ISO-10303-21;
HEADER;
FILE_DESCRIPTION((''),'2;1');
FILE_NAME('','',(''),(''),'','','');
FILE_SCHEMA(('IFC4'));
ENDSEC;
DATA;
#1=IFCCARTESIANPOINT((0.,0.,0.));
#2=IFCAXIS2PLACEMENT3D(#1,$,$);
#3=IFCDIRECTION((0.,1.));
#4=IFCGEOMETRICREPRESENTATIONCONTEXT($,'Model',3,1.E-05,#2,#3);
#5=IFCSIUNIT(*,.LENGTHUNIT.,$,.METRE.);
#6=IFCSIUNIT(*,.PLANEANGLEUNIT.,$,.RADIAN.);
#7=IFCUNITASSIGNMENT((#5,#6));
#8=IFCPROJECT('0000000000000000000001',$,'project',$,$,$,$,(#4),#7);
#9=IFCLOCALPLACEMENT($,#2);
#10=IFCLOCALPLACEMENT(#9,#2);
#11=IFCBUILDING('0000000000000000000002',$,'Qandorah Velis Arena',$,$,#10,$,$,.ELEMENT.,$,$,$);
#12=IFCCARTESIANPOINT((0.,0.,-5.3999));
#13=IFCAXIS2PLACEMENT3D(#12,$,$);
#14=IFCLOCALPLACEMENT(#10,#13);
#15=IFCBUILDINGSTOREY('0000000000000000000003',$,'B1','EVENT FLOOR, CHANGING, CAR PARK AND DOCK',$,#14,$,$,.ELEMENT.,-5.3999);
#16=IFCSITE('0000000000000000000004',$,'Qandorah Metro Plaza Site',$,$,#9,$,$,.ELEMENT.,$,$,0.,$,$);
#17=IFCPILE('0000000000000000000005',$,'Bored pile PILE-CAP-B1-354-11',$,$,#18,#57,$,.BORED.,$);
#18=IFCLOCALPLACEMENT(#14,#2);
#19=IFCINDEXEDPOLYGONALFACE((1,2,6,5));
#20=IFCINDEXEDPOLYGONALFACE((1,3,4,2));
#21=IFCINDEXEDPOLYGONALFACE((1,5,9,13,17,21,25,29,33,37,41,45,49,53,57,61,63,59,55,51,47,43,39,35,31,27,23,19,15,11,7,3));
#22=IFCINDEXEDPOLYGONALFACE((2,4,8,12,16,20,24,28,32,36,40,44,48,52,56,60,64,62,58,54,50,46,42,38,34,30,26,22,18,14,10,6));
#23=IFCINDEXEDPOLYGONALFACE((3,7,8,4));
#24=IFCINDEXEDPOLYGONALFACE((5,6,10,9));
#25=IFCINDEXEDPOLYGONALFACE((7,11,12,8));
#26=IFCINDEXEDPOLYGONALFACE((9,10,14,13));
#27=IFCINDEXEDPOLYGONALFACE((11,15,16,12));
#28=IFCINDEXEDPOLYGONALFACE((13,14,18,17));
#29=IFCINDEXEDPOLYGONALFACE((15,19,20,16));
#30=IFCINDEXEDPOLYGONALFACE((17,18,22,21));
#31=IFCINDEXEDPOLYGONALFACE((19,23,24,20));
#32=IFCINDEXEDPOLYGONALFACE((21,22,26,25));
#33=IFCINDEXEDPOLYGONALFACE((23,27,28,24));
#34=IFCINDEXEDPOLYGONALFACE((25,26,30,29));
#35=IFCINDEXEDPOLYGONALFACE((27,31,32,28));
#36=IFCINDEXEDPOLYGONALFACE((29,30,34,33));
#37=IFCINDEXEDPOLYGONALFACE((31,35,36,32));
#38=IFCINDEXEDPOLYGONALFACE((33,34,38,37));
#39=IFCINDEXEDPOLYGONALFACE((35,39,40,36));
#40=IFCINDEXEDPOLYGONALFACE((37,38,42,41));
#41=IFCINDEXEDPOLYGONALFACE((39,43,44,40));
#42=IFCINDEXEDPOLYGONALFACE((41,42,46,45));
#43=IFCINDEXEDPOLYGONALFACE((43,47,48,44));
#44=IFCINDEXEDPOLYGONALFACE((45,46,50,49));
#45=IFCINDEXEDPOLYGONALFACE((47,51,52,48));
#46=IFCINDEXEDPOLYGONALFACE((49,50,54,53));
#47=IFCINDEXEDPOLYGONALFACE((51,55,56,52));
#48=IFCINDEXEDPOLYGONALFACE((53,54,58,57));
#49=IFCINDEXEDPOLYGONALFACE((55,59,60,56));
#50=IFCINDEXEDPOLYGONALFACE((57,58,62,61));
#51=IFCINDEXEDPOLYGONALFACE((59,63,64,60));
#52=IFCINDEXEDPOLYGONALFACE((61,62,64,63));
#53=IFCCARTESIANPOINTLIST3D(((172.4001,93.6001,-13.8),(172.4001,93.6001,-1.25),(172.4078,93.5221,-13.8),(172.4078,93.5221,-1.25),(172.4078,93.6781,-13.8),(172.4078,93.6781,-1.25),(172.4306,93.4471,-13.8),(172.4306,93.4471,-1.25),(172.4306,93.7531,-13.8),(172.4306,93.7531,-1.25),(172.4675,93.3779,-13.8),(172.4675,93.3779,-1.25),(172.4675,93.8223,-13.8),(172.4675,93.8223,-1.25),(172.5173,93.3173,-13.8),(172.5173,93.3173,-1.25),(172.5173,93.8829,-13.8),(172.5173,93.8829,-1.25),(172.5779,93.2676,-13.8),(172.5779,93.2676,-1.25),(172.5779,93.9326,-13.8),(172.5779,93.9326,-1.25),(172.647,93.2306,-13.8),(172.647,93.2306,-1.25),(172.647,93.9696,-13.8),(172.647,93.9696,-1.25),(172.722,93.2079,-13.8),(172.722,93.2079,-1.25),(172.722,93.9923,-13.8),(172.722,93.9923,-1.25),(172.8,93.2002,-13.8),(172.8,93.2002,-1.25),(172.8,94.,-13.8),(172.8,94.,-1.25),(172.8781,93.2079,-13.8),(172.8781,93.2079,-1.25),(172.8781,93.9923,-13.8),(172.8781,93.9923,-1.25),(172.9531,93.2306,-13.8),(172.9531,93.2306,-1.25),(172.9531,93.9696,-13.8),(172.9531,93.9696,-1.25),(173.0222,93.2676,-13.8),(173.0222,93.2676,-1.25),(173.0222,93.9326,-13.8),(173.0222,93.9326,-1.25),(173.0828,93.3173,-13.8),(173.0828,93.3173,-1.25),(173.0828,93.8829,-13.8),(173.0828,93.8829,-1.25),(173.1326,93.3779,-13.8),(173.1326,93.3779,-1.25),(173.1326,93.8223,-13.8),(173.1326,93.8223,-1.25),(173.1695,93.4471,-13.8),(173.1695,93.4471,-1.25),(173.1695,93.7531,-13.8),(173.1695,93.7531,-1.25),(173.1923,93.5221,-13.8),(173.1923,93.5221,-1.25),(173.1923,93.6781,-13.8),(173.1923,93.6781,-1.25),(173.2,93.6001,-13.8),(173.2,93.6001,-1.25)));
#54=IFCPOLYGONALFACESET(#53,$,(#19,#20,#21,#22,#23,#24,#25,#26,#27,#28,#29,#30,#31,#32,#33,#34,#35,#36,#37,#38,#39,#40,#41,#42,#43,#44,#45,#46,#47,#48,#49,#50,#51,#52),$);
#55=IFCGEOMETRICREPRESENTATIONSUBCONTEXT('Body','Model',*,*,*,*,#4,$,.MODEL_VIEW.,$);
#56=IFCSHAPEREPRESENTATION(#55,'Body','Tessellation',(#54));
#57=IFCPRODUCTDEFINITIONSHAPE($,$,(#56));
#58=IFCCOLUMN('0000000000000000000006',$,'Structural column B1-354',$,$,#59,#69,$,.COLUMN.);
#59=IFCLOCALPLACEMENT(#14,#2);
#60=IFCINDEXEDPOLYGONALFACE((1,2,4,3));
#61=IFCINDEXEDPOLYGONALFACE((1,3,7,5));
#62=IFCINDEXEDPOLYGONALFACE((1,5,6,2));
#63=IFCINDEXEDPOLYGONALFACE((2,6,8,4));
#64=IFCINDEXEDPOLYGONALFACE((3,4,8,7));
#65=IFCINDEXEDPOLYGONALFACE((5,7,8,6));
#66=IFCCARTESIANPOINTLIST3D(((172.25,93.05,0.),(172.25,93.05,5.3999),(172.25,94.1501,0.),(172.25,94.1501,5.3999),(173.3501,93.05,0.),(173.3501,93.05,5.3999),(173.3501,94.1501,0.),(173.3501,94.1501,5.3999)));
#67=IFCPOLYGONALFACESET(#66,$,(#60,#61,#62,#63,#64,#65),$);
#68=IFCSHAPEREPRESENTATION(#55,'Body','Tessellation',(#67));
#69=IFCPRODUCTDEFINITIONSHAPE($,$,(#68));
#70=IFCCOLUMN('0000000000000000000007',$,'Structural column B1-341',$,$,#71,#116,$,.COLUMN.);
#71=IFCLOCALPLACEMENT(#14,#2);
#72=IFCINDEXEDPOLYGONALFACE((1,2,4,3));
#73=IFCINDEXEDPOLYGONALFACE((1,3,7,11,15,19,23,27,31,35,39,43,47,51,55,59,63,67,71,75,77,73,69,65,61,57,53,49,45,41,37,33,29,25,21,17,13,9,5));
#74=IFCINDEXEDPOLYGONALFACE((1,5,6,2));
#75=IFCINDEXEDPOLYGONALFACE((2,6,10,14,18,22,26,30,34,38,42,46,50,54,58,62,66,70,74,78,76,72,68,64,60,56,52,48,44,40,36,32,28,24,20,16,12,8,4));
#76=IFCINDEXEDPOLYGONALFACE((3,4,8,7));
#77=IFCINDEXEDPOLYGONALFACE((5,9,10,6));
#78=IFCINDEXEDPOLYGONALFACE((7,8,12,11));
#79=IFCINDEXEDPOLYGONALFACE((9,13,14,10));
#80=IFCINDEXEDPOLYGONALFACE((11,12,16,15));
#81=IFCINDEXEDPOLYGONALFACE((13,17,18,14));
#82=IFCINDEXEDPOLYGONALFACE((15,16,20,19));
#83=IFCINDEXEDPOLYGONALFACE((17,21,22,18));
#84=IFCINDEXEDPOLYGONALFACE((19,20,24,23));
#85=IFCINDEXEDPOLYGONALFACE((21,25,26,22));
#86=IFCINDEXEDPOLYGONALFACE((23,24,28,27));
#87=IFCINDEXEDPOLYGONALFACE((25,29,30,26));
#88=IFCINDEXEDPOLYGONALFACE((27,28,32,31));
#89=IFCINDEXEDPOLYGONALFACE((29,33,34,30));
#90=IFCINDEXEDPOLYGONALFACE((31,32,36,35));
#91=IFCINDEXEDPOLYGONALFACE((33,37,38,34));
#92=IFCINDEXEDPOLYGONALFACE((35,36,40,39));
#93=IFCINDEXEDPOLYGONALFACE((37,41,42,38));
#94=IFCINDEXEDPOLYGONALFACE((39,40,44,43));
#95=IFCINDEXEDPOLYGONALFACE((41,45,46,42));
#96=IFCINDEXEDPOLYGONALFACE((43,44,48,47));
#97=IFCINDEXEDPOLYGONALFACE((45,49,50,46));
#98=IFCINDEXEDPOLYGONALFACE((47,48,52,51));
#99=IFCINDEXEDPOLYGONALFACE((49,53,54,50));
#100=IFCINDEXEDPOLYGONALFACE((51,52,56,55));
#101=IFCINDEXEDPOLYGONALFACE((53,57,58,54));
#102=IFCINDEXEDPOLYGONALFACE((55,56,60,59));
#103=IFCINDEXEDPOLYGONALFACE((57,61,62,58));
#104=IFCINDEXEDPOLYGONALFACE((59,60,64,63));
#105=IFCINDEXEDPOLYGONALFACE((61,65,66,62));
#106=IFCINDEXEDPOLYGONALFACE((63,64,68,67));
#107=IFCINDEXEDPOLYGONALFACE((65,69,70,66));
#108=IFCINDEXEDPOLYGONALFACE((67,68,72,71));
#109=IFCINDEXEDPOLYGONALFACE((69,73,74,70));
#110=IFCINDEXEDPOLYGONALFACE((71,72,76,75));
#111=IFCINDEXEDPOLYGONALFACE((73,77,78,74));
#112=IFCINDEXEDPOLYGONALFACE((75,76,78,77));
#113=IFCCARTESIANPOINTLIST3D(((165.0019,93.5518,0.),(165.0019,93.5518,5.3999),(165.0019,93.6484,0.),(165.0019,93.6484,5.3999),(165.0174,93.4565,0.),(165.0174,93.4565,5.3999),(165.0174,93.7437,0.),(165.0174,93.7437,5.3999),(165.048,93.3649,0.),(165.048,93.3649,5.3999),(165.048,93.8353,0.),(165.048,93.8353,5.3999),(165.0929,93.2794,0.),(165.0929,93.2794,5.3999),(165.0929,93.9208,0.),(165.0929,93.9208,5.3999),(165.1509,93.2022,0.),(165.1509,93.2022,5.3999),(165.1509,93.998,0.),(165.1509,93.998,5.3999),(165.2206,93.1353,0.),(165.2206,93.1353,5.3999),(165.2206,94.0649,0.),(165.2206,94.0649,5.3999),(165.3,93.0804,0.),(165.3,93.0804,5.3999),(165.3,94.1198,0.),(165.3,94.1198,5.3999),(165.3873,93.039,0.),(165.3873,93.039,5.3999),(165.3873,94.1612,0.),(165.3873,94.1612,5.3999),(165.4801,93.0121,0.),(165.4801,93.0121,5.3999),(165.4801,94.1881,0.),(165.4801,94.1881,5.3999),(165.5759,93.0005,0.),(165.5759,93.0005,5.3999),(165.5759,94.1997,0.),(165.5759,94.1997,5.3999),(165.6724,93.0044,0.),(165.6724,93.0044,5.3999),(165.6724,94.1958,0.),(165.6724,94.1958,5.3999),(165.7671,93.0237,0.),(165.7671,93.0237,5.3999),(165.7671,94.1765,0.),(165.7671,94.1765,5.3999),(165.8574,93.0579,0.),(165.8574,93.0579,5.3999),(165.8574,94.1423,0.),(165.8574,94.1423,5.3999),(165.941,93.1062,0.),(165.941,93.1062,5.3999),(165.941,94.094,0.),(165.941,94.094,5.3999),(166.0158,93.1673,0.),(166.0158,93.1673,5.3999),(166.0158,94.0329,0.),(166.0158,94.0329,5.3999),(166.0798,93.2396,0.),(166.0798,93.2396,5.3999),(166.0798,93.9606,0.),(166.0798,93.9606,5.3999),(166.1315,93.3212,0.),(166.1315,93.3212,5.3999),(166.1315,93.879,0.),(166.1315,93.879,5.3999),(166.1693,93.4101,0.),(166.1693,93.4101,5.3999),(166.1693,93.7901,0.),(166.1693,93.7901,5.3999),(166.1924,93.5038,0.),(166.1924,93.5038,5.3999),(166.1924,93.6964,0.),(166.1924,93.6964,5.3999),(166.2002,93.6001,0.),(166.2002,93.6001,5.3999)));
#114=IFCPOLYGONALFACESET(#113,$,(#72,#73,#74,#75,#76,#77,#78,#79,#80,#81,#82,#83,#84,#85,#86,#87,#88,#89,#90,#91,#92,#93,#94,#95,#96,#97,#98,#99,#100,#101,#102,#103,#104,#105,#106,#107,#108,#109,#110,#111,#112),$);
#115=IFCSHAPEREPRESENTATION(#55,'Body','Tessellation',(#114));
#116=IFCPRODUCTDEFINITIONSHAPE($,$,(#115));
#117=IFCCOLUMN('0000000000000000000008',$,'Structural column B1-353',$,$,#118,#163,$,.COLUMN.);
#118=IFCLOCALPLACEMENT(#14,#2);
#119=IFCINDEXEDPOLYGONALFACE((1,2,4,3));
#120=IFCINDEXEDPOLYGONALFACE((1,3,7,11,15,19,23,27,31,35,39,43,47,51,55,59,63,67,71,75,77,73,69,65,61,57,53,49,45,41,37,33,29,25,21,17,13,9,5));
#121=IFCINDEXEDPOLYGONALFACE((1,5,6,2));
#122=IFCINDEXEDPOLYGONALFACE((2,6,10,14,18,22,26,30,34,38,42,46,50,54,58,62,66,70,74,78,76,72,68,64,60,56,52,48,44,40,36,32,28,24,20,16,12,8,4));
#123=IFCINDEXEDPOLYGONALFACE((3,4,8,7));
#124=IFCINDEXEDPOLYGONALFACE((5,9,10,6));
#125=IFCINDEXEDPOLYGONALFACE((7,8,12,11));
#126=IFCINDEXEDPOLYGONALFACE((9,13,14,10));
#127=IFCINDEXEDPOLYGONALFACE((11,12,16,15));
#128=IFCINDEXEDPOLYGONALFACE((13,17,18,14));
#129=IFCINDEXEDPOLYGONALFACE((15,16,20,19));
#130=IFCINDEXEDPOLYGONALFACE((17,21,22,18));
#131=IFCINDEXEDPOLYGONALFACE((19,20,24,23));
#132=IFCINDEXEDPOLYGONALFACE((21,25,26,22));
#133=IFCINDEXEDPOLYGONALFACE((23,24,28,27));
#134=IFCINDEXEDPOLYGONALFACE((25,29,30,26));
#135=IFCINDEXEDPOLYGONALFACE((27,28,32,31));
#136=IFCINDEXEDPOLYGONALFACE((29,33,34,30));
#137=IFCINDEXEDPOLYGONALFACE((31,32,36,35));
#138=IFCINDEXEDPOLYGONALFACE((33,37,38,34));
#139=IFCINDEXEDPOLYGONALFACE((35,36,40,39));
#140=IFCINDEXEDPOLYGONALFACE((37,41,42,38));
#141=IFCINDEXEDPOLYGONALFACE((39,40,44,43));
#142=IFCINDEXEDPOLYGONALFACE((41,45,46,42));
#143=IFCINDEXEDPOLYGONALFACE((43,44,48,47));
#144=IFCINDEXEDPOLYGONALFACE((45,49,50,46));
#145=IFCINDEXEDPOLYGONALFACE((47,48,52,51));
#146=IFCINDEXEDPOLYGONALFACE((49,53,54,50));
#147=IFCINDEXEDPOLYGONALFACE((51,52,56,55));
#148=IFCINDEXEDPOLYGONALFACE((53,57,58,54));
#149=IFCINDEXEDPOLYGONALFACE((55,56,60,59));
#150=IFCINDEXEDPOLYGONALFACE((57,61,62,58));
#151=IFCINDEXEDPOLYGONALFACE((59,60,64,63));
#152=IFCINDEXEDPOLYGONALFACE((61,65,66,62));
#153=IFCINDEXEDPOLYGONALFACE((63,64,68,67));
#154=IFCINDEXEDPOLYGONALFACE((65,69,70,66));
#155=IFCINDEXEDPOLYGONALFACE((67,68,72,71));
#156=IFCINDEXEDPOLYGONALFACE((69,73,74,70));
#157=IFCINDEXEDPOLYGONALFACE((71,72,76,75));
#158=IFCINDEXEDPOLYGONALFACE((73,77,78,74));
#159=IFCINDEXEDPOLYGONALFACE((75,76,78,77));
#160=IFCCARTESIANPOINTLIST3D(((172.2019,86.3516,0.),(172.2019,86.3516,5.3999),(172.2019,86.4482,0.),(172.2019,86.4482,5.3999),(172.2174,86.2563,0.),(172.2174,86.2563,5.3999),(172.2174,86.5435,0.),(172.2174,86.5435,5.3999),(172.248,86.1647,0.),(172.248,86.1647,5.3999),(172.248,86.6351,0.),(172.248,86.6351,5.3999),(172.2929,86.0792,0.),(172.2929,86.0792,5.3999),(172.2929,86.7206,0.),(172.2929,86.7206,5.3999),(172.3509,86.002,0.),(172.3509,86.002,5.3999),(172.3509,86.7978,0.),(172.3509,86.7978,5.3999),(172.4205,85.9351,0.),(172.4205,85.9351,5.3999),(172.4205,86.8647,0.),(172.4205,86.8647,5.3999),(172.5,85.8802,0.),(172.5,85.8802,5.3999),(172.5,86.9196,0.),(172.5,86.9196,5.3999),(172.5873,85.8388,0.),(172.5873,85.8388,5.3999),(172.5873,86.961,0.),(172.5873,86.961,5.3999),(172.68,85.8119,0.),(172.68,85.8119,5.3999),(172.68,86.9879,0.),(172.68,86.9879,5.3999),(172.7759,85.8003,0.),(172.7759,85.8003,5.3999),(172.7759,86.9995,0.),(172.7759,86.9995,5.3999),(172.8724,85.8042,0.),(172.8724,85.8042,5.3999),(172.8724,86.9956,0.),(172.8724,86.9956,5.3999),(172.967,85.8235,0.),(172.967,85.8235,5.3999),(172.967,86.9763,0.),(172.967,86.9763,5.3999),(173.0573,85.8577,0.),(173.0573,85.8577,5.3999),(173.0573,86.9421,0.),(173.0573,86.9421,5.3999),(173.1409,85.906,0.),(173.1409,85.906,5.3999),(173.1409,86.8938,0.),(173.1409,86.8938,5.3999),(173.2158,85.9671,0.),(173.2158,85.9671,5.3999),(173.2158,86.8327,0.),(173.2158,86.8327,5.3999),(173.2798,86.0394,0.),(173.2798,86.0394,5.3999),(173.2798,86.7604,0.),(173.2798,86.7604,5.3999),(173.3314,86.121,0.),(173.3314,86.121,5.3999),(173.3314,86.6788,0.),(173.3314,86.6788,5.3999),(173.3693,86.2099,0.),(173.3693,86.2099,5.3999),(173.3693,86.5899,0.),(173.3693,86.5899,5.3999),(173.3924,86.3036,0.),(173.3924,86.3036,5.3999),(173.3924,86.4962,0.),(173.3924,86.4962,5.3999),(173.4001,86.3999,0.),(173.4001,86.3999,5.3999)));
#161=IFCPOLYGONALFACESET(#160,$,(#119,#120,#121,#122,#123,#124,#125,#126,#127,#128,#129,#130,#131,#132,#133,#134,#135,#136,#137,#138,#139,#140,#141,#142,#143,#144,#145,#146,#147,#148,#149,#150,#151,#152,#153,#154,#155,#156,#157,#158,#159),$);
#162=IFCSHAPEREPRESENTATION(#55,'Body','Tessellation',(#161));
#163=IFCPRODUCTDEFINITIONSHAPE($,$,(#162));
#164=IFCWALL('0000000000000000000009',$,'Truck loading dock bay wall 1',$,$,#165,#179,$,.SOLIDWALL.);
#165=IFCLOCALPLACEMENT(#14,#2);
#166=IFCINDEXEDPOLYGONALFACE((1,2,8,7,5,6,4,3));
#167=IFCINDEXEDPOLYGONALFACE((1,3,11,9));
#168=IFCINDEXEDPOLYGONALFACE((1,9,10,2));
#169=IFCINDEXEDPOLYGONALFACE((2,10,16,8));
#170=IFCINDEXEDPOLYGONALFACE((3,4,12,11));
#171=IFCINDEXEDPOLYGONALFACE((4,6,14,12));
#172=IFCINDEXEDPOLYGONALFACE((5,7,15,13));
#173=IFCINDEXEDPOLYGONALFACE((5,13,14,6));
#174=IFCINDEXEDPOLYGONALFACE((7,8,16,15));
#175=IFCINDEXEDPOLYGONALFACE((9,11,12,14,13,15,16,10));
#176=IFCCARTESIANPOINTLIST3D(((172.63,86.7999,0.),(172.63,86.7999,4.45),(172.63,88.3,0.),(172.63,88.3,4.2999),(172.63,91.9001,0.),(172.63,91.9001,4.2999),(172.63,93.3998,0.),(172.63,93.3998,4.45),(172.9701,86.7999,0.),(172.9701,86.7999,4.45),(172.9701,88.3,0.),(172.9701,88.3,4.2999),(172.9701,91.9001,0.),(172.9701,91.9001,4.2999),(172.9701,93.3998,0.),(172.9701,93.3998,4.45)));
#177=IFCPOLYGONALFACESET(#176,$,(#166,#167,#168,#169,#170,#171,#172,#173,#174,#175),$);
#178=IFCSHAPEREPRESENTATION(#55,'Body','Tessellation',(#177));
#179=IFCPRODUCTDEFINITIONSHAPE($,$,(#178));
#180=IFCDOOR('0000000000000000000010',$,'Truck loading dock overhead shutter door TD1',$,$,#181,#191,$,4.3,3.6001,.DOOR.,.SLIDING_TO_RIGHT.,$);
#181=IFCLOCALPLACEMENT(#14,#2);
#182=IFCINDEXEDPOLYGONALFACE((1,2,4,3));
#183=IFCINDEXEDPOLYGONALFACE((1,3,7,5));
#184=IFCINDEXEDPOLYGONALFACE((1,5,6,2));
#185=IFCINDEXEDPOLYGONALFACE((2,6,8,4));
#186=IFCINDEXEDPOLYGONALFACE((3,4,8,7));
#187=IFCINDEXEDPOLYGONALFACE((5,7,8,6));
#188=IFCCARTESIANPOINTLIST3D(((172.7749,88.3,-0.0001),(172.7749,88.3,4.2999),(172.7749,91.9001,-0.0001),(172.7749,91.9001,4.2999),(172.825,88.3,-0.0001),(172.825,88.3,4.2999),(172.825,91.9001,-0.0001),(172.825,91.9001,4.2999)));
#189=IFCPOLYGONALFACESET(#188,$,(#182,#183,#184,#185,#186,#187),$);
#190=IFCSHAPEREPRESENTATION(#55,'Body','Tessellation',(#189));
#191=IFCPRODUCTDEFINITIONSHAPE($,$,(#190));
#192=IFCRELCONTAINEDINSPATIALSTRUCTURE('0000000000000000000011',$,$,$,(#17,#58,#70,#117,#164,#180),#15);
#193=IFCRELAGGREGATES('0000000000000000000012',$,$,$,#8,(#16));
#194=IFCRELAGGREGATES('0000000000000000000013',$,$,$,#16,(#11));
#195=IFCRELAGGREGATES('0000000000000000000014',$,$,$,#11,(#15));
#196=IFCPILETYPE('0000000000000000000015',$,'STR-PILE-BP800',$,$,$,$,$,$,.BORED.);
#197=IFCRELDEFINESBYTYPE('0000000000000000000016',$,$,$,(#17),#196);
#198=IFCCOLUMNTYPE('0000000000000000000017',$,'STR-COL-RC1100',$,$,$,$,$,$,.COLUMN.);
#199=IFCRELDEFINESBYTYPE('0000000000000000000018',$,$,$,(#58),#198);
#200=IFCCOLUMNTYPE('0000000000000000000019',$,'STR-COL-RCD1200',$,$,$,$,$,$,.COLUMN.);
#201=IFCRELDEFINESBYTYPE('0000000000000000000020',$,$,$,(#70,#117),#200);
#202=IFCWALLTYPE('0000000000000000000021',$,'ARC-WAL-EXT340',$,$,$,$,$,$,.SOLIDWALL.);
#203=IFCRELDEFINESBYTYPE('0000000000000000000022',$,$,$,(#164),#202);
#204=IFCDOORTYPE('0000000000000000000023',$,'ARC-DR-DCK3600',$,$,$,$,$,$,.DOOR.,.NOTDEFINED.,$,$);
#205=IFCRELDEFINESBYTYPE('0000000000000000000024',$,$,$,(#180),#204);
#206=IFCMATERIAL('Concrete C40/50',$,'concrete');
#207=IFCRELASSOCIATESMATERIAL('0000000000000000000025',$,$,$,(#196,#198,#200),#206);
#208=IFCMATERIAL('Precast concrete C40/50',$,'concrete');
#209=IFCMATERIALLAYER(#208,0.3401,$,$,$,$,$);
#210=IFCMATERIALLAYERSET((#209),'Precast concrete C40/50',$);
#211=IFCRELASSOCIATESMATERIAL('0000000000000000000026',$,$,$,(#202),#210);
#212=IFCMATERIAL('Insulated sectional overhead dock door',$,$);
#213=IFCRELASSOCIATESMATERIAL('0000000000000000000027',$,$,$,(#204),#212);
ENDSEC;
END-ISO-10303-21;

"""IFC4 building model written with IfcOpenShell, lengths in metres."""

from ifc_helpers import new_model, si_unit, direction, frame, frame_2d, origin, origin_2d, place, context, subcontext, project, spatial, rectangle, circle, extrude, material, layer, layer_set, material_profile, profile_set, type_object, element, fill, save


model = new_model("IFC4")

# Units and contexts
model_context = context("Model", 3, precision=1e-05, world=origin(), true_north=direction((0.0, 1.0)))
body_context = subcontext(model_context, "Body", "Model", "MODEL_VIEW")
ifc_project = project(units=[si_unit("LENGTHUNIT", "METRE"), si_unit("PLANEANGLEUNIT", "RADIAN")], contexts=[model_context])

# Site, building, storey
site_placement = place(None, origin())
site = spatial("IfcSite", under=ifc_project, at=site_placement, Name="Qandorah Metro Plaza Site", CompositionType="ELEMENT", RefElevation=0.0)
building_placement = place(site_placement, origin())
building = spatial("IfcBuilding", under=site, at=building_placement, Name="Qandorah Velis Arena", CompositionType="ELEMENT")
storey_placement = place(building_placement, frame((0.0, 0.0, -5.3999)))
storey = spatial("IfcBuildingStorey", under=building, at=storey_placement, Name="B1", Description="EVENT FLOOR, CHANGING, CAR PARK AND DOCK", CompositionType="ELEMENT", Elevation=-5.3999)

# Shared definitions
ifc_material_1 = material(Name="Concrete C40/50", Category="concrete")

# Pile
ifc_material_profile_1 = material_profile(ifc_material_1, circle(Radius=0.3999, at=origin_2d()), Name="BORED PILE D800")
ifc_profile_set_1 = profile_set([ifc_material_profile_1], Name="Concrete C40/50")
pile_type_1 = type_object("IfcPileType", Name="STR-PILE-BP800", PredefinedType="BORED", material=ifc_profile_set_1)
pile_1_placement = place(storey_placement, frame((172.8, 93.6001, -1.25), z_axis=(0.0, 0.0, -1.0), x_axis=(1.0, 0.0, 0.0)))
element("IfcPile", 1, at=pile_1_placement, inside=storey, type_object=pile_type_1, Name="Bored pile PILE-CAP-B1-354-11", PredefinedType="BORED", context=body_context, shape_type="SweptSolid", body=[
    extrude(circle(Radius=0.3999, at=origin_2d()), origin(), (0.0, 0.0, 1.0), 12.55),
])

# Columns
ifc_material_profile_2 = material_profile(ifc_material_1, rectangle(XDim=1.1001, YDim=1.1001, at=origin_2d()), Name="RC COL 1100x1100")
ifc_profile_set_2 = profile_set([ifc_material_profile_2], Name="Concrete C40/50")
column_type_1 = type_object("IfcColumnType", Name="STR-COL-RC1100", PredefinedType="COLUMN", material=ifc_profile_set_2)
column_placement = place(storey_placement, frame((172.8, 93.6001, 0.0), z_axis=(0.0, 0.0, 1.0), x_axis=(1.0, 0.0, 0.0)))
element("IfcColumn", 2, at=column_placement, inside=storey, type_object=column_type_1, Name="Structural column B1-354", PredefinedType="COLUMN", context=body_context, shape_type="SweptSolid", body=[
    extrude(rectangle(XDim=1.1001, YDim=1.1001, at=origin_2d()), origin(), (0.0, 0.0, 1.0), 5.3999),
])
ifc_material_profile_3 = material_profile(ifc_material_1, circle(Radius=0.6001, at=origin_2d()), Name="RC D1200")
ifc_profile_set_3 = profile_set([ifc_material_profile_3], Name="Concrete C40/50")
column_type_2 = type_object("IfcColumnType", Name="STR-COL-RCD1200", PredefinedType="COLUMN", material=ifc_profile_set_3)
for number, where, z_axis, x_axis, name in (
    (3, (165.6001, 93.6001, 0.0), (0.0, 0.0, 1.0), (1.0, 0.0, 0.0), "Structural column B1-341"),
    (4, (172.8, 86.3999, 0.0), (0.0, 0.0, 1.0), (1.0, 0.0, 0.0), "Structural column B1-353"),
):
    element("IfcColumn", number, at=place(storey_placement, frame(where, z_axis=z_axis, x_axis=x_axis)), inside=storey, type_object=column_type_2, Name=name, PredefinedType="COLUMN", context=body_context, shape_type="SweptSolid", body=[
        extrude(circle(Radius=0.6001, at=origin_2d()), origin(), (0.0, 0.0, 1.0), 5.3999),
    ])

# Wall, opening, door
ifc_material_2 = material(Name="Precast concrete C40/50", Category="concrete")
ifc_layer = layer(ifc_material_2, 0.3401)
ifc_layer_set = layer_set([ifc_layer], Name="Precast concrete C40/50")
wall_type = type_object("IfcWallType", Name="ARC-WAL-EXT340", PredefinedType="SOLIDWALL", material=ifc_layer_set)
wall_1_placement = place(storey_placement, frame((172.8, 86.8, 0.0), z_axis=(0.0, 0.0, 1.0), x_axis=(0.0, 1.0, 0.0)))
wall_1 = element("IfcWall", 5, at=wall_1_placement, inside=storey, type_object=wall_type, Name="Truck loading dock bay wall 1", PredefinedType="SOLIDWALL", context=body_context, shape_type="SweptSolid", body=[
    extrude(rectangle(XDim=6.5999, YDim=0.3401, at=frame_2d((3.2998, 0.0))), origin(), (0.0, 0.0, 1.0), 4.45),
])
opening_1_placement = place(wall_1_placement, frame((1.5, 0.0, 0.0)))
opening_1 = element("IfcOpeningElement", 6, at=opening_1_placement, cuts=wall_1, PredefinedType="OPENING", context=body_context, shape_type="SweptSolid", body=[
    extrude(rectangle(XDim=3.6001, YDim=4.3, at=frame_2d((1.8, 2.1499))), frame((0.0, 0.1802, 0.0), z_axis=(0.0, -1.0, 0.0), x_axis=(1.0, 0.0, 0.0)), (0.0, 0.0, 1.0), 0.3601),
])
ifc_material_3 = material(Name="Insulated sectional overhead dock door")
door_type = type_object("IfcDoorType", Name="ARC-DR-DCK3600", OperationType="NOTDEFINED", PredefinedType="DOOR", material=ifc_material_3)
door_1_placement = place(opening_1_placement, frame((3.6001, 0.0, 0.0), z_axis=(0.0, 0.0, 1.0), x_axis=(-1.0, 0.0, 0.0)))
door_1 = element("IfcDoor", 7, at=door_1_placement, inside=storey, type_object=door_type, Name="Truck loading dock overhead shutter door TD1", OperationType="SLIDING_TO_RIGHT", OverallHeight=4.3, OverallWidth=3.6001, PredefinedType="DOOR", context=body_context, shape_type="SweptSolid", body=[
    extrude(rectangle(XDim=3.6001, YDim=4.3, at=frame_2d((1.8, 2.1499))), frame((0.0, 0.0249, 0.0), z_axis=(0.0, -1.0, 0.0), x_axis=(1.0, 0.0, 0.0)), (0.0, 0.0, 1.0), 0.05),
])
fill(opening_1, door_1)

save(model, "model.ifc")
